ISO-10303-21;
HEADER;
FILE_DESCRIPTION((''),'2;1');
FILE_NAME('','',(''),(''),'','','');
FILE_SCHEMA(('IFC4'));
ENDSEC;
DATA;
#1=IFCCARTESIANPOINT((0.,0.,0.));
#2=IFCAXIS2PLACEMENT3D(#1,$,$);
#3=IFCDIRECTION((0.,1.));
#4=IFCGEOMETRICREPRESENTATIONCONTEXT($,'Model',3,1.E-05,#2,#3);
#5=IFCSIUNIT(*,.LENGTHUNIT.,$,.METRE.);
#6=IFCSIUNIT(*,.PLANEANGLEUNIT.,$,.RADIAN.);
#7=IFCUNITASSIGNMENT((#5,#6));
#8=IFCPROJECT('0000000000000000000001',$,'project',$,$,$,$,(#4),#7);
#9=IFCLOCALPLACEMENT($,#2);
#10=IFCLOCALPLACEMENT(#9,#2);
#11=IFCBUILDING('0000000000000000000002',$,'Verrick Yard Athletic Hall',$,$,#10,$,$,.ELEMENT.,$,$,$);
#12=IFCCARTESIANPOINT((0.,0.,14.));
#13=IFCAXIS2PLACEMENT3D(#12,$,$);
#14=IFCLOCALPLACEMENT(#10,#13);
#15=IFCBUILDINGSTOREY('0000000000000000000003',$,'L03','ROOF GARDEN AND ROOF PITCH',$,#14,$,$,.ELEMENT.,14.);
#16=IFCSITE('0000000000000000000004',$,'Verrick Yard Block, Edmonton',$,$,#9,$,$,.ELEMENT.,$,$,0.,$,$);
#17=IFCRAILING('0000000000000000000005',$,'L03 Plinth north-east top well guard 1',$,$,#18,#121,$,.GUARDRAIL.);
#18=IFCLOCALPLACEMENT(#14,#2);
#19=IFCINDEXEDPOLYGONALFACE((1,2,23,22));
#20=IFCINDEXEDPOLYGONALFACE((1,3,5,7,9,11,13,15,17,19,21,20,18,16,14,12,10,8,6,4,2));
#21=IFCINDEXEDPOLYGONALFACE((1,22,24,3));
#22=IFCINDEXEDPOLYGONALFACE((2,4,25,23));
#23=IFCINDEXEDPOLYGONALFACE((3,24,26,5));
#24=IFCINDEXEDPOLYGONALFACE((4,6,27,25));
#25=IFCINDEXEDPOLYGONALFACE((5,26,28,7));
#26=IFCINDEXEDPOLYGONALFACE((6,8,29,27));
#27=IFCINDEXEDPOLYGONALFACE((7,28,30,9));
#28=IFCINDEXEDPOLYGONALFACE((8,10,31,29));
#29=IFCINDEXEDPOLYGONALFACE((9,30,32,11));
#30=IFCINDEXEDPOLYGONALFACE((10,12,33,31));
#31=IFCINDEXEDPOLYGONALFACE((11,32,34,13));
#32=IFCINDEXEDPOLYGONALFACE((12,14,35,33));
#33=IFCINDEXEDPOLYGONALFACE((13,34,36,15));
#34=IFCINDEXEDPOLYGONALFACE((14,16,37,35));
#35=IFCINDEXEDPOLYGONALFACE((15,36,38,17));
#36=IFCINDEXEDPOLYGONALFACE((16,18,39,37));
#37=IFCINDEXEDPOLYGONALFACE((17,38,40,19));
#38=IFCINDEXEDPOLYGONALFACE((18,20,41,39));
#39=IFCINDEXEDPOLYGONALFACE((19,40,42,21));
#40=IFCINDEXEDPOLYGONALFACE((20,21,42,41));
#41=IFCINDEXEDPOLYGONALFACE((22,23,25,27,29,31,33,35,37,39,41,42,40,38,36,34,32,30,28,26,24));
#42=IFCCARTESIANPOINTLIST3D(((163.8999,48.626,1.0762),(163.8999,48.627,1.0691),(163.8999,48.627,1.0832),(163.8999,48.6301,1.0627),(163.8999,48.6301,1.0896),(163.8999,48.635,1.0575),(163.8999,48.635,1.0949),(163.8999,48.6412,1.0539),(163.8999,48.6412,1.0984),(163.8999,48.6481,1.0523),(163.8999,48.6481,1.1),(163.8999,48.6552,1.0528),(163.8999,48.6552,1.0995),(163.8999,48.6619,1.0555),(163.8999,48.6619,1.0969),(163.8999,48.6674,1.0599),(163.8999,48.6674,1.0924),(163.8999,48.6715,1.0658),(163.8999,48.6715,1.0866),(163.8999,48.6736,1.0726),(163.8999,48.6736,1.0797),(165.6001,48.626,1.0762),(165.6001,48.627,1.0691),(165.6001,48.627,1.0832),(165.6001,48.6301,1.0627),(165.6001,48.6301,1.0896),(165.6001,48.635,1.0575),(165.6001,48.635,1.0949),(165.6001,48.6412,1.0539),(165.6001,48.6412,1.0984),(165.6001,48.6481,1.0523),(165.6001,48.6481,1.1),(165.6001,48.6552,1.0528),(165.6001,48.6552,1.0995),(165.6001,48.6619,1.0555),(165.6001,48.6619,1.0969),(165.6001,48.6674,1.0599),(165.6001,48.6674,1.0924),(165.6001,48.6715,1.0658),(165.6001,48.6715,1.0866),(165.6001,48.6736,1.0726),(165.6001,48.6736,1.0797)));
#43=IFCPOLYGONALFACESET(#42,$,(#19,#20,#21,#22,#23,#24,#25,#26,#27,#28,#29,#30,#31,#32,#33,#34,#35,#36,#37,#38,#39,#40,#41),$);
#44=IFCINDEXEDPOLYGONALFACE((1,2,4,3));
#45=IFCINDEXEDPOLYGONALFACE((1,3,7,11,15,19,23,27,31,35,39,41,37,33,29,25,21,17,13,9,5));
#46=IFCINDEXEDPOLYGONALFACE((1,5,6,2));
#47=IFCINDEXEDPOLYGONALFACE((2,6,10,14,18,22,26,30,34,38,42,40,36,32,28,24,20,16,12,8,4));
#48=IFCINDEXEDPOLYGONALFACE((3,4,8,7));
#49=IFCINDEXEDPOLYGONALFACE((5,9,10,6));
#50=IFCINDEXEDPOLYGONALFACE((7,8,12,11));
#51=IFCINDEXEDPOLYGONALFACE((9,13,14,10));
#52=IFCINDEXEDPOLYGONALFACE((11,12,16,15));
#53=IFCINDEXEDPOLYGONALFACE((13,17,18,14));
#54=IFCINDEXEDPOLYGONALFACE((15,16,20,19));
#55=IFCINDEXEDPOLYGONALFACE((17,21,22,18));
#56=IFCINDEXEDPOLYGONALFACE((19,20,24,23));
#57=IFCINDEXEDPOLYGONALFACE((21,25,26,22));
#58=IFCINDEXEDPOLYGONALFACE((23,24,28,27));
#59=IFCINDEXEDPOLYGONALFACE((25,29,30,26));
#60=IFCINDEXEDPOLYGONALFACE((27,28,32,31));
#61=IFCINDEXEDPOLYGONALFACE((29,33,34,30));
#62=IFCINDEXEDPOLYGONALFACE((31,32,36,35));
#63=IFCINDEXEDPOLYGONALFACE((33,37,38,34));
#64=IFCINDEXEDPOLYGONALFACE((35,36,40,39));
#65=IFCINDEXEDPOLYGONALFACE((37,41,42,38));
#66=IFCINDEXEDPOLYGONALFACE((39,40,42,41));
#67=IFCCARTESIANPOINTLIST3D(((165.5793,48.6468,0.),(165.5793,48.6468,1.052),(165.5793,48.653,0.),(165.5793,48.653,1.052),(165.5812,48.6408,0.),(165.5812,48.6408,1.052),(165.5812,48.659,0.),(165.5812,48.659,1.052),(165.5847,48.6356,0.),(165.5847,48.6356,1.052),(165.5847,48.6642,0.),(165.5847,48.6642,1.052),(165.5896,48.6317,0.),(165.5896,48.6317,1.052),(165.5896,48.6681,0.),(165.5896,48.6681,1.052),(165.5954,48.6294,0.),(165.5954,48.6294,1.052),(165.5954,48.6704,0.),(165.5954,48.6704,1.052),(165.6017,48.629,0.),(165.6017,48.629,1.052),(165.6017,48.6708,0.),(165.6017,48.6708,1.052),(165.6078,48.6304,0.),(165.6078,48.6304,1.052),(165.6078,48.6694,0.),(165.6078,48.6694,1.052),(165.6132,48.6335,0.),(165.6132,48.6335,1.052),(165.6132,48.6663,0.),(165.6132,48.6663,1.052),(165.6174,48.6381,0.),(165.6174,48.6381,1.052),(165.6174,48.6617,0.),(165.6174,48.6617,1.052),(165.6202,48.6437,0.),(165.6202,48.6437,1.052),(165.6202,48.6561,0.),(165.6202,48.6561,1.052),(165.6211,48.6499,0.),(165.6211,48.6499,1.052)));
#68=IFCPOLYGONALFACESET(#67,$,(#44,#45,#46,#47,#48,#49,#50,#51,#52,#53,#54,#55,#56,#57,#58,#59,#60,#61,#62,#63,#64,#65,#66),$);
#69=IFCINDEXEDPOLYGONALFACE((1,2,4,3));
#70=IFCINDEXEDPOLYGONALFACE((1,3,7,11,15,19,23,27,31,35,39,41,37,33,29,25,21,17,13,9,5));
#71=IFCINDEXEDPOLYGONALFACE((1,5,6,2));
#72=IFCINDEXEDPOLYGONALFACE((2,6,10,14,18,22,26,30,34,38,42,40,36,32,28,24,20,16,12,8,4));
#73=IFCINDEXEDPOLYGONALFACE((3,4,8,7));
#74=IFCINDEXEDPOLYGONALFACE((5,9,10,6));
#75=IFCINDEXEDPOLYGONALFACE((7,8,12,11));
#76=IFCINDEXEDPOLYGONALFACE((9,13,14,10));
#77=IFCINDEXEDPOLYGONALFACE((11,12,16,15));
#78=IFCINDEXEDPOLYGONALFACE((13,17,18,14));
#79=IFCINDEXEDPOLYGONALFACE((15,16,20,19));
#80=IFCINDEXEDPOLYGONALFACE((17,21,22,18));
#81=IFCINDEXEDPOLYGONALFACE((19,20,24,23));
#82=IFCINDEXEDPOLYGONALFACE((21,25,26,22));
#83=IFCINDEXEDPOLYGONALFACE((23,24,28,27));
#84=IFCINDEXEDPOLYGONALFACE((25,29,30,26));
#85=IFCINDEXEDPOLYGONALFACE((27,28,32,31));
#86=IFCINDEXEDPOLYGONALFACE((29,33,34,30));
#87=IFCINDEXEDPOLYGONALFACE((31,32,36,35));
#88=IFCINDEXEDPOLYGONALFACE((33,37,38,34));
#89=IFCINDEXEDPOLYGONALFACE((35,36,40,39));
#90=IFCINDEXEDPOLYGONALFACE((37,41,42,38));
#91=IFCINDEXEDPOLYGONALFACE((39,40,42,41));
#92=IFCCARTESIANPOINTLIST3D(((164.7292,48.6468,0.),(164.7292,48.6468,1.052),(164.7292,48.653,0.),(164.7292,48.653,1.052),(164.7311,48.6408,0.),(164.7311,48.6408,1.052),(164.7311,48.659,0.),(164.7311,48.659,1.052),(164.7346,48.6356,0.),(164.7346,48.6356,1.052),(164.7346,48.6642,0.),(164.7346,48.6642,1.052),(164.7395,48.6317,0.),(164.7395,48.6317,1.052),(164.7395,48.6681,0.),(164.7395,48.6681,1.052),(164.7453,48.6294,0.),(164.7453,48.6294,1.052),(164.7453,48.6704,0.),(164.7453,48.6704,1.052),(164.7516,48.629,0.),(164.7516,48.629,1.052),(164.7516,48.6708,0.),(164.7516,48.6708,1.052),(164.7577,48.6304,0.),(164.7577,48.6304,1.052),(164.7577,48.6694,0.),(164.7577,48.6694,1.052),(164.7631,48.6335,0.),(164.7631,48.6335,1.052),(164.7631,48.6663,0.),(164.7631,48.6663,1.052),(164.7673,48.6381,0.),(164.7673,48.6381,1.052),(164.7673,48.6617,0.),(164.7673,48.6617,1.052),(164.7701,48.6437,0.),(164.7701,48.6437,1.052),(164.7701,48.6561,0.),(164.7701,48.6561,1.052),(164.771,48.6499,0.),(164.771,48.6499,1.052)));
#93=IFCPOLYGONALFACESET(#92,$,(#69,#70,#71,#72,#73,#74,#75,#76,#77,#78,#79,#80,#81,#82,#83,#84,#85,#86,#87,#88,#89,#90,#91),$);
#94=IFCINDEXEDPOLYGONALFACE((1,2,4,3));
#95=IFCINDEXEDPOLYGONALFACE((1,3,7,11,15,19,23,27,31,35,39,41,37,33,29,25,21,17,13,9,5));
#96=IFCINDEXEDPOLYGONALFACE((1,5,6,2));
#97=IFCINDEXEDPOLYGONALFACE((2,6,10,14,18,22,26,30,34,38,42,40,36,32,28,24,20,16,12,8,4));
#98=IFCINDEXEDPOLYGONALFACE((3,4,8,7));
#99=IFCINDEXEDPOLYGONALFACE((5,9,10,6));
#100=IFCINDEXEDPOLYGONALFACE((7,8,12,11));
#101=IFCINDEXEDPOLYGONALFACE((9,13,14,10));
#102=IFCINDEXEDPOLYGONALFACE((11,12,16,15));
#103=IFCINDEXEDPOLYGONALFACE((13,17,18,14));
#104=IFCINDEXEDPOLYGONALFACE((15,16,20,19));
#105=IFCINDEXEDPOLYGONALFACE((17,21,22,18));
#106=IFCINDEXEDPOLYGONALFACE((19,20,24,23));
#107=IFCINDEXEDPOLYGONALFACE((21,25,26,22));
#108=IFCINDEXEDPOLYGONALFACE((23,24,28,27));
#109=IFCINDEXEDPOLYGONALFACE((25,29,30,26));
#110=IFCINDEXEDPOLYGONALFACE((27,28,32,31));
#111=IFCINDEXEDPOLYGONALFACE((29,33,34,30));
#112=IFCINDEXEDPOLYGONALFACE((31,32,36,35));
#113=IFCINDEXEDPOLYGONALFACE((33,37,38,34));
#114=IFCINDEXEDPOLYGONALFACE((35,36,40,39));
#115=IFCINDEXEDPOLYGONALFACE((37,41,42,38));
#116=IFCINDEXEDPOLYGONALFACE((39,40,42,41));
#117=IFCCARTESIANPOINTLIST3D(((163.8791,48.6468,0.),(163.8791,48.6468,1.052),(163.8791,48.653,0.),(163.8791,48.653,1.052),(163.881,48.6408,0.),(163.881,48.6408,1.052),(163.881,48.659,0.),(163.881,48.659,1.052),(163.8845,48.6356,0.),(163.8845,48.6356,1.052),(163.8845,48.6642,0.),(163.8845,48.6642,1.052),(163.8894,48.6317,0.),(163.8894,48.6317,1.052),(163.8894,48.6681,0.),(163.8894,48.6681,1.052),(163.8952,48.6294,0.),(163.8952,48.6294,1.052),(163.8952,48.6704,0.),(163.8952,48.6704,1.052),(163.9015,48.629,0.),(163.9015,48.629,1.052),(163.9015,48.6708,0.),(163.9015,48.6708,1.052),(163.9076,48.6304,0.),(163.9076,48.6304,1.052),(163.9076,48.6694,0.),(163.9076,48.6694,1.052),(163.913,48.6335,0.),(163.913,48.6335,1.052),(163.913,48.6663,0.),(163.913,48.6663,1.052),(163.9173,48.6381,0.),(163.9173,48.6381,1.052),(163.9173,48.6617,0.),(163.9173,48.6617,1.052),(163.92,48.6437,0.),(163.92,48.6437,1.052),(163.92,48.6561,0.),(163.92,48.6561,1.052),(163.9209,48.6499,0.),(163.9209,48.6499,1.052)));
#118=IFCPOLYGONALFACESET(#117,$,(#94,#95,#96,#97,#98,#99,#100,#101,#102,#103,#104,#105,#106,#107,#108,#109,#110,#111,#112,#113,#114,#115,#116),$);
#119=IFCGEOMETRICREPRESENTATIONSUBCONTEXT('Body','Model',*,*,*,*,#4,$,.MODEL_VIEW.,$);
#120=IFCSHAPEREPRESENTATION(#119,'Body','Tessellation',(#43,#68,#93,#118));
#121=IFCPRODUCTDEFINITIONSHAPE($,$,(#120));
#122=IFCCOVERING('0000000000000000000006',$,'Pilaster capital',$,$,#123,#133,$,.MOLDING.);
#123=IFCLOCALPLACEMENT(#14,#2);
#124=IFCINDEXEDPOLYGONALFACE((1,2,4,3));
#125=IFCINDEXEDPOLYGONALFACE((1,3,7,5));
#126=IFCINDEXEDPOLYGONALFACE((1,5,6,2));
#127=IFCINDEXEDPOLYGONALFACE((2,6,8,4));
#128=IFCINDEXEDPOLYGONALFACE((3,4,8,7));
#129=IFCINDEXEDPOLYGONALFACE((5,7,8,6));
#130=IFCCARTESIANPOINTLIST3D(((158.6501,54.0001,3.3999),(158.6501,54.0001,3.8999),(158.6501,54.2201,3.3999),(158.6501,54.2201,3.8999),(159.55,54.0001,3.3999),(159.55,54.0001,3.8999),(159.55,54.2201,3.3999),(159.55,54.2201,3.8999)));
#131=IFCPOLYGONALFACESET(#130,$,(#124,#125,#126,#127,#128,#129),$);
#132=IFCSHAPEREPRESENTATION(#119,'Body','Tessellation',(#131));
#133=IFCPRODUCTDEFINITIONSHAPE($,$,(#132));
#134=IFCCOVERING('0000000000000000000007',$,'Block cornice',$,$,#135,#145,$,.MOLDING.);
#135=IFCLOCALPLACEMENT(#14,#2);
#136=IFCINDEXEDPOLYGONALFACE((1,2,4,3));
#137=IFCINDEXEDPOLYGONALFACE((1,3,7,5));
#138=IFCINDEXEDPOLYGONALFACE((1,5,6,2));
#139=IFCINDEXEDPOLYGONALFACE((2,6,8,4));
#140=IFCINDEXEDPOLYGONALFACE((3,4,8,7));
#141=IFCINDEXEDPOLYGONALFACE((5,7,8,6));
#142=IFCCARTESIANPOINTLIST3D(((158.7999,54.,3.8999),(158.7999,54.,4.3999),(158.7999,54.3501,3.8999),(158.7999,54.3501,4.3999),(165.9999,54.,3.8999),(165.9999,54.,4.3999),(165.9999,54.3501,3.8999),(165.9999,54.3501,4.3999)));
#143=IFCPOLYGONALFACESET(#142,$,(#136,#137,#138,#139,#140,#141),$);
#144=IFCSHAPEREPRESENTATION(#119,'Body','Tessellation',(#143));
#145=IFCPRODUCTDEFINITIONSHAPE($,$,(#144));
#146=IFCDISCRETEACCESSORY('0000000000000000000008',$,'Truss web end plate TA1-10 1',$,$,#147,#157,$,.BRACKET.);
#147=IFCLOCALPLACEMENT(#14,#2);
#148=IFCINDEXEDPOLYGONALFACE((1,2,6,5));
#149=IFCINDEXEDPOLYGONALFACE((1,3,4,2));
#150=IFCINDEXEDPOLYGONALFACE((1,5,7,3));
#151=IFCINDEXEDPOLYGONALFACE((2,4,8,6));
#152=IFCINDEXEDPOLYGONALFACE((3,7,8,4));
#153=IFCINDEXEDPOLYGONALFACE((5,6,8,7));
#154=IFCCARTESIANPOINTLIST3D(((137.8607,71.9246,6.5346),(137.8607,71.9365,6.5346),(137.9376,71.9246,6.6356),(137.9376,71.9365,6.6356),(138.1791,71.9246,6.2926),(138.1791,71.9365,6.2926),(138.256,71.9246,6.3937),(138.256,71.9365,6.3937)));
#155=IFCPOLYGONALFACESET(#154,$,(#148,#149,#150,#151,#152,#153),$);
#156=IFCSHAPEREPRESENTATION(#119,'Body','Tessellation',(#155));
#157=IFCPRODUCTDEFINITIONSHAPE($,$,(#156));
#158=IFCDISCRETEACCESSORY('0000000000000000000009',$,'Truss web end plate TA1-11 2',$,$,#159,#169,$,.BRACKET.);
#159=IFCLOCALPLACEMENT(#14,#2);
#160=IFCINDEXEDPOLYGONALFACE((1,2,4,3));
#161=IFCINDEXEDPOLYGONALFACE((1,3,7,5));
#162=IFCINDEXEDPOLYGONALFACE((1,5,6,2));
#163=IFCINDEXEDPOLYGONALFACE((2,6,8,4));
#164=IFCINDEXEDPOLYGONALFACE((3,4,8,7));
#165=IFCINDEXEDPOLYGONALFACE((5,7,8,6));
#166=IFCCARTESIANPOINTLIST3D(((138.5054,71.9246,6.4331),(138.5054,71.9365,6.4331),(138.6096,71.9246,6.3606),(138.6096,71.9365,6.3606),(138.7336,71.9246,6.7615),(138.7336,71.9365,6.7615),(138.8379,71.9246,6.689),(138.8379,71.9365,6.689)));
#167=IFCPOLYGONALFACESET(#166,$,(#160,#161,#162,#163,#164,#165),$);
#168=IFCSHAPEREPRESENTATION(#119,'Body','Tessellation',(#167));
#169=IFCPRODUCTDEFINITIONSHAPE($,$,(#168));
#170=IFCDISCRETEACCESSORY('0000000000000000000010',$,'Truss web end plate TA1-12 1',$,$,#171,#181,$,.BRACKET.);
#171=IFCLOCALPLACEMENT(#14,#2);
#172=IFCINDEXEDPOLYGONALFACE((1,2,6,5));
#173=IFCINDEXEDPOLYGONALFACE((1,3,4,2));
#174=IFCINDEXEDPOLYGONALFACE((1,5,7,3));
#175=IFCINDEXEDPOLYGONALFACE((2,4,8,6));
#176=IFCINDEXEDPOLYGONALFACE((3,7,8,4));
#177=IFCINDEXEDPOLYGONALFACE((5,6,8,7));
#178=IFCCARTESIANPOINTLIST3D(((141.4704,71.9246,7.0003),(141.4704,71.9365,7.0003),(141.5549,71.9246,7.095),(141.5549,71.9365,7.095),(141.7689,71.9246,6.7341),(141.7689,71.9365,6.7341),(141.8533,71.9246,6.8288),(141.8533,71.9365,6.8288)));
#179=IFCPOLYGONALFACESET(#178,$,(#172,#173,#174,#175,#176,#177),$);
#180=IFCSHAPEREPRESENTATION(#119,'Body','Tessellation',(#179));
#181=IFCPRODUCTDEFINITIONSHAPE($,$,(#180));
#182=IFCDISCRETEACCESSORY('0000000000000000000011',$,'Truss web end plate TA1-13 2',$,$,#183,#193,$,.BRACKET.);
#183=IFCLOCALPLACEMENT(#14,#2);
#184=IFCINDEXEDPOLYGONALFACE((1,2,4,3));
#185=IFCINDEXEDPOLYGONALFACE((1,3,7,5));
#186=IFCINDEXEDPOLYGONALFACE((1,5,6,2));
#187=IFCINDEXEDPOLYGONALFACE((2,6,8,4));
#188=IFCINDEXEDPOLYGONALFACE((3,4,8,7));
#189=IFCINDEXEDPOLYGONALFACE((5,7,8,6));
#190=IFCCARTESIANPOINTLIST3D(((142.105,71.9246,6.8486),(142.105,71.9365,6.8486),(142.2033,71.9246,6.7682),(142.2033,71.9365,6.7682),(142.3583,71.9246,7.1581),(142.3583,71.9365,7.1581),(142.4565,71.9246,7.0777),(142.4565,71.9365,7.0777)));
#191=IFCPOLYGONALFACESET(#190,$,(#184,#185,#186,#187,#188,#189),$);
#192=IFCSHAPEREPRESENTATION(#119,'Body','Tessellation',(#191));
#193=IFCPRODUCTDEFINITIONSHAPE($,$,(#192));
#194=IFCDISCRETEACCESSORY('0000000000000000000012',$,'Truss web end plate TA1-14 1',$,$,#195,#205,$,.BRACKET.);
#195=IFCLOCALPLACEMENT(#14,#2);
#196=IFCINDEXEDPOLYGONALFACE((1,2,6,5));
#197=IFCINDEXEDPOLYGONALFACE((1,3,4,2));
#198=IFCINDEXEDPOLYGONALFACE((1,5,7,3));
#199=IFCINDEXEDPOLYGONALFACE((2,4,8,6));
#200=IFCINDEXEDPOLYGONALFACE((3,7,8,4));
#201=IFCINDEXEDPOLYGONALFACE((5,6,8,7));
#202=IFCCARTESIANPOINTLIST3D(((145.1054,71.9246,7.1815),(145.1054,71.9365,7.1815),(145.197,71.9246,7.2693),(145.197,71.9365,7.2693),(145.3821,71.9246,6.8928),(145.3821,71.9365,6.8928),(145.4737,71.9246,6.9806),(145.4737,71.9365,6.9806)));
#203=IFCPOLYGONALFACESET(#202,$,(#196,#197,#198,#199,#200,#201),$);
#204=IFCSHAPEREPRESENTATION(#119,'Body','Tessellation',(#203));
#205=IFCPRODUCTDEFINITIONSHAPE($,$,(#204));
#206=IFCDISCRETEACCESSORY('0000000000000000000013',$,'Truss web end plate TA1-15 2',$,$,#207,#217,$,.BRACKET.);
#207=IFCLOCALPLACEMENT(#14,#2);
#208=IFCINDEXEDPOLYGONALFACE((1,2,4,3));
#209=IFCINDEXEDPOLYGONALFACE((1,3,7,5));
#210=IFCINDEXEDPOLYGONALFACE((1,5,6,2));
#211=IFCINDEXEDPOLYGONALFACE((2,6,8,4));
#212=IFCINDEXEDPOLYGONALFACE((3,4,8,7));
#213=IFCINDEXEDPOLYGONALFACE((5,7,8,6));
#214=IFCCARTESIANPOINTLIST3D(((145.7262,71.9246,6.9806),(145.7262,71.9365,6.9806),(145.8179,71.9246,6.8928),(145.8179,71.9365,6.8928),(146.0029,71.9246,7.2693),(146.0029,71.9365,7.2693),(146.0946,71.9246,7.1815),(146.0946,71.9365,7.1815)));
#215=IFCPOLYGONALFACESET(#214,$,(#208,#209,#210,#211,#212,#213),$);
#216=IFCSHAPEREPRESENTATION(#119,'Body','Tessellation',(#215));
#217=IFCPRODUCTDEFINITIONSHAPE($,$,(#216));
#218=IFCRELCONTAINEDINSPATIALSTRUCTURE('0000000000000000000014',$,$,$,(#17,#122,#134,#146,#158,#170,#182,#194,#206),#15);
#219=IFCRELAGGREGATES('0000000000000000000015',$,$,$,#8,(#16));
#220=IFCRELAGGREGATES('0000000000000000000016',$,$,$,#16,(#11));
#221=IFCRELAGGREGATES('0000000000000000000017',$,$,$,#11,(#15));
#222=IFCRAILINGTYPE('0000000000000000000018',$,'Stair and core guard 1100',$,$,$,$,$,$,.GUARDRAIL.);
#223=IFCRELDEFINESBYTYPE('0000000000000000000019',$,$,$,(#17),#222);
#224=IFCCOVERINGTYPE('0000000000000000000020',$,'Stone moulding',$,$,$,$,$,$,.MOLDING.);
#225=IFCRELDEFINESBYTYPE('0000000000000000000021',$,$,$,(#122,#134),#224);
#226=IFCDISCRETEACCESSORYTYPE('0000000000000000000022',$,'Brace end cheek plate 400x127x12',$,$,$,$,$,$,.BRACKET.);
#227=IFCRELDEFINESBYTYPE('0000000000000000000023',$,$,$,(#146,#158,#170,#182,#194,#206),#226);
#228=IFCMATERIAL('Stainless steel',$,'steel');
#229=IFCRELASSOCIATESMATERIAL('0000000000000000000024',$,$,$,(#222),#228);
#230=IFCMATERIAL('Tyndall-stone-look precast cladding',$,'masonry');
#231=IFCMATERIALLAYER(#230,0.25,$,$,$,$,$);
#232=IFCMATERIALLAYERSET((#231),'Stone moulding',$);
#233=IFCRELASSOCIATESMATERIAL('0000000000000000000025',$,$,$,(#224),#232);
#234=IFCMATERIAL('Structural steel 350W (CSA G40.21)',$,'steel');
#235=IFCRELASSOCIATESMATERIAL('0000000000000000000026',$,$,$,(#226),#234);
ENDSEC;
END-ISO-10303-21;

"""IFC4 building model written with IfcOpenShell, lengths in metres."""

from ifc_helpers import new_model, si_unit, direction, frame, origin, origin_2d, place, context, subcontext, project, spatial, rectangle, circle, extrude, material, layer, layer_set, material_profile, profile_set, type_object, element, save


model = new_model("IFC4")

# Units and contexts
model_context = context("Model", 3, precision=1e-05, world=origin(), true_north=direction((0.0, 1.0)))
body_context = subcontext(model_context, "Body", "Model", "MODEL_VIEW")
ifc_project = project(units=[si_unit("LENGTHUNIT", "METRE"), si_unit("PLANEANGLEUNIT", "RADIAN")], contexts=[model_context])

# Site, building, storey
site_placement = place(None, origin())
site = spatial("IfcSite", under=ifc_project, at=site_placement, Name="Verrick Yard Block, Edmonton", CompositionType="ELEMENT", RefElevation=0.0)
building_placement = place(site_placement, origin())
building = spatial("IfcBuilding", under=site, at=building_placement, Name="Verrick Yard Athletic Hall", CompositionType="ELEMENT")
storey_placement = place(building_placement, frame((0.0, 0.0, 14.0)))
storey = spatial("IfcBuildingStorey", under=building, at=storey_placement, Name="L03", Description="ROOF GARDEN AND ROOF PITCH", CompositionType="ELEMENT", Elevation=14.0)

# Railing
ifc_material_1 = material(Name="Stainless steel", Category="steel")
railing_type = type_object("IfcRailingType", Name="Stair and core guard 1100", PredefinedType="GUARDRAIL", material=ifc_material_1)
railing_placement = place(storey_placement, frame((165.6001, 48.6499, 0.0)))
element("IfcRailing", 1, at=railing_placement, inside=storey, type_object=railing_type, Name="L03 Plinth north-east top well guard 1", PredefinedType="GUARDRAIL", context=body_context, shape_type="SweptSolid", body=[
    extrude(circle(Radius=0.0239, at=origin_2d()), frame((0.0, 0.0, 1.0762), z_axis=(-1.0, 0.0, 0.0), x_axis=(0.0, -1.0, 0.0)), (0.0, 0.0, 1.0), 1.7002),
    extrude(circle(Radius=0.021, at=origin_2d()), origin(), (0.0, 0.0, 1.0), 1.052),
    extrude(circle(Radius=0.021, at=origin_2d()), frame((-0.8501, 0.0, 0.0)), (0.0, 0.0, 1.0), 1.052),
    extrude(circle(Radius=0.021, at=origin_2d()), frame((-1.7002, 0.0, 0.0)), (0.0, 0.0, 1.0), 1.052),
])

# Coverings
ifc_material_2 = material(Name="Tyndall-stone-look precast cladding", Category="masonry")
ifc_layer_1 = layer(ifc_material_2, 0.25)
ifc_layer_set_1 = layer_set([ifc_layer_1], Name="Stone moulding")
covering_type = type_object("IfcCoveringType", Name="Stone moulding", PredefinedType="MOLDING", material=ifc_layer_set_1)
covering_1_placement = place(storey_placement, frame((159.1001, 54.1101, 3.3999), z_axis=(0.0, 0.0, 1.0), x_axis=(1.0, 0.0, 0.0)))
element("IfcCovering", 2, at=covering_1_placement, inside=storey, type_object=covering_type, Name="Pilaster capital", PredefinedType="MOLDING", context=body_context, shape_type="SweptSolid", body=[
    extrude(rectangle(XDim=0.8999, YDim=0.22, at=origin_2d()), origin(), (0.0, 0.0, 1.0), 0.5),
])
covering_2_placement = place(storey_placement, frame((162.3999, 54.175, 3.8999), z_axis=(0.0, 0.0, 1.0), x_axis=(1.0, 0.0, 0.0)))
element("IfcCovering", 3, at=covering_2_placement, inside=storey, type_object=covering_type, Name="Block cornice", PredefinedType="MOLDING", context=body_context, shape_type="SweptSolid", body=[
    extrude(rectangle(XDim=7.2, YDim=0.3501, at=origin_2d()), origin(), (0.0, 0.0, 1.0), 0.5),
])

# Discrete accessories
ifc_material_3 = material(Name="Structural steel 350W (CSA G40.21)", Category="steel")
ifc_material_profile = material_profile(ifc_material_3, rectangle(XDim=0.3999, YDim=0.127, at=origin_2d()), Name="Brace end cheek plate")
ifc_profile_set = profile_set([ifc_material_profile], Name="Structural steel 350W (CSA G40.21)")
discrete_accessory_type = type_object("IfcDiscreteAccessoryType", Name="Brace end cheek plate 400x127x12", PredefinedType="BRACKET", material=ifc_profile_set)
for number, where, z_axis, x_axis, name in (
    (4, (138.0583, 71.9365, 6.4641), (0.0, -1.0, 0.0), (-0.796193, 0.0, 0.605042), "Truss web end plate TA1-10 1"),
    (5, (138.6716, 71.9365, 6.561), (0.0, -1.0, 0.0), (0.570674, 0.0, 0.821176), "Truss web end plate TA1-11 2"),
    (6, (141.6619, 71.9365, 6.9146), (0.0, -1.0, 0.0), (-0.746352, 0.0, 0.665551), "Truss web end plate TA1-12 1"),
    (7, (142.2808, 71.9365, 6.9631), (0.0, -1.0, 0.0), (0.633246, 0.0, 0.773951), "Truss web end plate TA1-13 2"),
    (8, (145.2896, 71.9365, 7.0811), (0.0, -1.0, 0.0), (-0.691925, 0.0, 0.721969), "Truss web end plate TA1-14 1"),
    (9, (145.9104, 71.9365, 7.0811), (0.0, -1.0, 0.0), (0.691925, 0.0, 0.721969), "Truss web end plate TA1-15 2"),
):
    element("IfcDiscreteAccessory", number, at=place(storey_placement, frame(where, z_axis=z_axis, x_axis=x_axis)), inside=storey, type_object=discrete_accessory_type, Name=name, PredefinedType="BRACKET", context=body_context, shape_type="SweptSolid", body=[
        extrude(rectangle(XDim=0.3999, YDim=0.127, at=origin_2d()), origin(), (0.0, 0.0, 1.0), 0.012),
    ])

save(model, "model.ifc")
